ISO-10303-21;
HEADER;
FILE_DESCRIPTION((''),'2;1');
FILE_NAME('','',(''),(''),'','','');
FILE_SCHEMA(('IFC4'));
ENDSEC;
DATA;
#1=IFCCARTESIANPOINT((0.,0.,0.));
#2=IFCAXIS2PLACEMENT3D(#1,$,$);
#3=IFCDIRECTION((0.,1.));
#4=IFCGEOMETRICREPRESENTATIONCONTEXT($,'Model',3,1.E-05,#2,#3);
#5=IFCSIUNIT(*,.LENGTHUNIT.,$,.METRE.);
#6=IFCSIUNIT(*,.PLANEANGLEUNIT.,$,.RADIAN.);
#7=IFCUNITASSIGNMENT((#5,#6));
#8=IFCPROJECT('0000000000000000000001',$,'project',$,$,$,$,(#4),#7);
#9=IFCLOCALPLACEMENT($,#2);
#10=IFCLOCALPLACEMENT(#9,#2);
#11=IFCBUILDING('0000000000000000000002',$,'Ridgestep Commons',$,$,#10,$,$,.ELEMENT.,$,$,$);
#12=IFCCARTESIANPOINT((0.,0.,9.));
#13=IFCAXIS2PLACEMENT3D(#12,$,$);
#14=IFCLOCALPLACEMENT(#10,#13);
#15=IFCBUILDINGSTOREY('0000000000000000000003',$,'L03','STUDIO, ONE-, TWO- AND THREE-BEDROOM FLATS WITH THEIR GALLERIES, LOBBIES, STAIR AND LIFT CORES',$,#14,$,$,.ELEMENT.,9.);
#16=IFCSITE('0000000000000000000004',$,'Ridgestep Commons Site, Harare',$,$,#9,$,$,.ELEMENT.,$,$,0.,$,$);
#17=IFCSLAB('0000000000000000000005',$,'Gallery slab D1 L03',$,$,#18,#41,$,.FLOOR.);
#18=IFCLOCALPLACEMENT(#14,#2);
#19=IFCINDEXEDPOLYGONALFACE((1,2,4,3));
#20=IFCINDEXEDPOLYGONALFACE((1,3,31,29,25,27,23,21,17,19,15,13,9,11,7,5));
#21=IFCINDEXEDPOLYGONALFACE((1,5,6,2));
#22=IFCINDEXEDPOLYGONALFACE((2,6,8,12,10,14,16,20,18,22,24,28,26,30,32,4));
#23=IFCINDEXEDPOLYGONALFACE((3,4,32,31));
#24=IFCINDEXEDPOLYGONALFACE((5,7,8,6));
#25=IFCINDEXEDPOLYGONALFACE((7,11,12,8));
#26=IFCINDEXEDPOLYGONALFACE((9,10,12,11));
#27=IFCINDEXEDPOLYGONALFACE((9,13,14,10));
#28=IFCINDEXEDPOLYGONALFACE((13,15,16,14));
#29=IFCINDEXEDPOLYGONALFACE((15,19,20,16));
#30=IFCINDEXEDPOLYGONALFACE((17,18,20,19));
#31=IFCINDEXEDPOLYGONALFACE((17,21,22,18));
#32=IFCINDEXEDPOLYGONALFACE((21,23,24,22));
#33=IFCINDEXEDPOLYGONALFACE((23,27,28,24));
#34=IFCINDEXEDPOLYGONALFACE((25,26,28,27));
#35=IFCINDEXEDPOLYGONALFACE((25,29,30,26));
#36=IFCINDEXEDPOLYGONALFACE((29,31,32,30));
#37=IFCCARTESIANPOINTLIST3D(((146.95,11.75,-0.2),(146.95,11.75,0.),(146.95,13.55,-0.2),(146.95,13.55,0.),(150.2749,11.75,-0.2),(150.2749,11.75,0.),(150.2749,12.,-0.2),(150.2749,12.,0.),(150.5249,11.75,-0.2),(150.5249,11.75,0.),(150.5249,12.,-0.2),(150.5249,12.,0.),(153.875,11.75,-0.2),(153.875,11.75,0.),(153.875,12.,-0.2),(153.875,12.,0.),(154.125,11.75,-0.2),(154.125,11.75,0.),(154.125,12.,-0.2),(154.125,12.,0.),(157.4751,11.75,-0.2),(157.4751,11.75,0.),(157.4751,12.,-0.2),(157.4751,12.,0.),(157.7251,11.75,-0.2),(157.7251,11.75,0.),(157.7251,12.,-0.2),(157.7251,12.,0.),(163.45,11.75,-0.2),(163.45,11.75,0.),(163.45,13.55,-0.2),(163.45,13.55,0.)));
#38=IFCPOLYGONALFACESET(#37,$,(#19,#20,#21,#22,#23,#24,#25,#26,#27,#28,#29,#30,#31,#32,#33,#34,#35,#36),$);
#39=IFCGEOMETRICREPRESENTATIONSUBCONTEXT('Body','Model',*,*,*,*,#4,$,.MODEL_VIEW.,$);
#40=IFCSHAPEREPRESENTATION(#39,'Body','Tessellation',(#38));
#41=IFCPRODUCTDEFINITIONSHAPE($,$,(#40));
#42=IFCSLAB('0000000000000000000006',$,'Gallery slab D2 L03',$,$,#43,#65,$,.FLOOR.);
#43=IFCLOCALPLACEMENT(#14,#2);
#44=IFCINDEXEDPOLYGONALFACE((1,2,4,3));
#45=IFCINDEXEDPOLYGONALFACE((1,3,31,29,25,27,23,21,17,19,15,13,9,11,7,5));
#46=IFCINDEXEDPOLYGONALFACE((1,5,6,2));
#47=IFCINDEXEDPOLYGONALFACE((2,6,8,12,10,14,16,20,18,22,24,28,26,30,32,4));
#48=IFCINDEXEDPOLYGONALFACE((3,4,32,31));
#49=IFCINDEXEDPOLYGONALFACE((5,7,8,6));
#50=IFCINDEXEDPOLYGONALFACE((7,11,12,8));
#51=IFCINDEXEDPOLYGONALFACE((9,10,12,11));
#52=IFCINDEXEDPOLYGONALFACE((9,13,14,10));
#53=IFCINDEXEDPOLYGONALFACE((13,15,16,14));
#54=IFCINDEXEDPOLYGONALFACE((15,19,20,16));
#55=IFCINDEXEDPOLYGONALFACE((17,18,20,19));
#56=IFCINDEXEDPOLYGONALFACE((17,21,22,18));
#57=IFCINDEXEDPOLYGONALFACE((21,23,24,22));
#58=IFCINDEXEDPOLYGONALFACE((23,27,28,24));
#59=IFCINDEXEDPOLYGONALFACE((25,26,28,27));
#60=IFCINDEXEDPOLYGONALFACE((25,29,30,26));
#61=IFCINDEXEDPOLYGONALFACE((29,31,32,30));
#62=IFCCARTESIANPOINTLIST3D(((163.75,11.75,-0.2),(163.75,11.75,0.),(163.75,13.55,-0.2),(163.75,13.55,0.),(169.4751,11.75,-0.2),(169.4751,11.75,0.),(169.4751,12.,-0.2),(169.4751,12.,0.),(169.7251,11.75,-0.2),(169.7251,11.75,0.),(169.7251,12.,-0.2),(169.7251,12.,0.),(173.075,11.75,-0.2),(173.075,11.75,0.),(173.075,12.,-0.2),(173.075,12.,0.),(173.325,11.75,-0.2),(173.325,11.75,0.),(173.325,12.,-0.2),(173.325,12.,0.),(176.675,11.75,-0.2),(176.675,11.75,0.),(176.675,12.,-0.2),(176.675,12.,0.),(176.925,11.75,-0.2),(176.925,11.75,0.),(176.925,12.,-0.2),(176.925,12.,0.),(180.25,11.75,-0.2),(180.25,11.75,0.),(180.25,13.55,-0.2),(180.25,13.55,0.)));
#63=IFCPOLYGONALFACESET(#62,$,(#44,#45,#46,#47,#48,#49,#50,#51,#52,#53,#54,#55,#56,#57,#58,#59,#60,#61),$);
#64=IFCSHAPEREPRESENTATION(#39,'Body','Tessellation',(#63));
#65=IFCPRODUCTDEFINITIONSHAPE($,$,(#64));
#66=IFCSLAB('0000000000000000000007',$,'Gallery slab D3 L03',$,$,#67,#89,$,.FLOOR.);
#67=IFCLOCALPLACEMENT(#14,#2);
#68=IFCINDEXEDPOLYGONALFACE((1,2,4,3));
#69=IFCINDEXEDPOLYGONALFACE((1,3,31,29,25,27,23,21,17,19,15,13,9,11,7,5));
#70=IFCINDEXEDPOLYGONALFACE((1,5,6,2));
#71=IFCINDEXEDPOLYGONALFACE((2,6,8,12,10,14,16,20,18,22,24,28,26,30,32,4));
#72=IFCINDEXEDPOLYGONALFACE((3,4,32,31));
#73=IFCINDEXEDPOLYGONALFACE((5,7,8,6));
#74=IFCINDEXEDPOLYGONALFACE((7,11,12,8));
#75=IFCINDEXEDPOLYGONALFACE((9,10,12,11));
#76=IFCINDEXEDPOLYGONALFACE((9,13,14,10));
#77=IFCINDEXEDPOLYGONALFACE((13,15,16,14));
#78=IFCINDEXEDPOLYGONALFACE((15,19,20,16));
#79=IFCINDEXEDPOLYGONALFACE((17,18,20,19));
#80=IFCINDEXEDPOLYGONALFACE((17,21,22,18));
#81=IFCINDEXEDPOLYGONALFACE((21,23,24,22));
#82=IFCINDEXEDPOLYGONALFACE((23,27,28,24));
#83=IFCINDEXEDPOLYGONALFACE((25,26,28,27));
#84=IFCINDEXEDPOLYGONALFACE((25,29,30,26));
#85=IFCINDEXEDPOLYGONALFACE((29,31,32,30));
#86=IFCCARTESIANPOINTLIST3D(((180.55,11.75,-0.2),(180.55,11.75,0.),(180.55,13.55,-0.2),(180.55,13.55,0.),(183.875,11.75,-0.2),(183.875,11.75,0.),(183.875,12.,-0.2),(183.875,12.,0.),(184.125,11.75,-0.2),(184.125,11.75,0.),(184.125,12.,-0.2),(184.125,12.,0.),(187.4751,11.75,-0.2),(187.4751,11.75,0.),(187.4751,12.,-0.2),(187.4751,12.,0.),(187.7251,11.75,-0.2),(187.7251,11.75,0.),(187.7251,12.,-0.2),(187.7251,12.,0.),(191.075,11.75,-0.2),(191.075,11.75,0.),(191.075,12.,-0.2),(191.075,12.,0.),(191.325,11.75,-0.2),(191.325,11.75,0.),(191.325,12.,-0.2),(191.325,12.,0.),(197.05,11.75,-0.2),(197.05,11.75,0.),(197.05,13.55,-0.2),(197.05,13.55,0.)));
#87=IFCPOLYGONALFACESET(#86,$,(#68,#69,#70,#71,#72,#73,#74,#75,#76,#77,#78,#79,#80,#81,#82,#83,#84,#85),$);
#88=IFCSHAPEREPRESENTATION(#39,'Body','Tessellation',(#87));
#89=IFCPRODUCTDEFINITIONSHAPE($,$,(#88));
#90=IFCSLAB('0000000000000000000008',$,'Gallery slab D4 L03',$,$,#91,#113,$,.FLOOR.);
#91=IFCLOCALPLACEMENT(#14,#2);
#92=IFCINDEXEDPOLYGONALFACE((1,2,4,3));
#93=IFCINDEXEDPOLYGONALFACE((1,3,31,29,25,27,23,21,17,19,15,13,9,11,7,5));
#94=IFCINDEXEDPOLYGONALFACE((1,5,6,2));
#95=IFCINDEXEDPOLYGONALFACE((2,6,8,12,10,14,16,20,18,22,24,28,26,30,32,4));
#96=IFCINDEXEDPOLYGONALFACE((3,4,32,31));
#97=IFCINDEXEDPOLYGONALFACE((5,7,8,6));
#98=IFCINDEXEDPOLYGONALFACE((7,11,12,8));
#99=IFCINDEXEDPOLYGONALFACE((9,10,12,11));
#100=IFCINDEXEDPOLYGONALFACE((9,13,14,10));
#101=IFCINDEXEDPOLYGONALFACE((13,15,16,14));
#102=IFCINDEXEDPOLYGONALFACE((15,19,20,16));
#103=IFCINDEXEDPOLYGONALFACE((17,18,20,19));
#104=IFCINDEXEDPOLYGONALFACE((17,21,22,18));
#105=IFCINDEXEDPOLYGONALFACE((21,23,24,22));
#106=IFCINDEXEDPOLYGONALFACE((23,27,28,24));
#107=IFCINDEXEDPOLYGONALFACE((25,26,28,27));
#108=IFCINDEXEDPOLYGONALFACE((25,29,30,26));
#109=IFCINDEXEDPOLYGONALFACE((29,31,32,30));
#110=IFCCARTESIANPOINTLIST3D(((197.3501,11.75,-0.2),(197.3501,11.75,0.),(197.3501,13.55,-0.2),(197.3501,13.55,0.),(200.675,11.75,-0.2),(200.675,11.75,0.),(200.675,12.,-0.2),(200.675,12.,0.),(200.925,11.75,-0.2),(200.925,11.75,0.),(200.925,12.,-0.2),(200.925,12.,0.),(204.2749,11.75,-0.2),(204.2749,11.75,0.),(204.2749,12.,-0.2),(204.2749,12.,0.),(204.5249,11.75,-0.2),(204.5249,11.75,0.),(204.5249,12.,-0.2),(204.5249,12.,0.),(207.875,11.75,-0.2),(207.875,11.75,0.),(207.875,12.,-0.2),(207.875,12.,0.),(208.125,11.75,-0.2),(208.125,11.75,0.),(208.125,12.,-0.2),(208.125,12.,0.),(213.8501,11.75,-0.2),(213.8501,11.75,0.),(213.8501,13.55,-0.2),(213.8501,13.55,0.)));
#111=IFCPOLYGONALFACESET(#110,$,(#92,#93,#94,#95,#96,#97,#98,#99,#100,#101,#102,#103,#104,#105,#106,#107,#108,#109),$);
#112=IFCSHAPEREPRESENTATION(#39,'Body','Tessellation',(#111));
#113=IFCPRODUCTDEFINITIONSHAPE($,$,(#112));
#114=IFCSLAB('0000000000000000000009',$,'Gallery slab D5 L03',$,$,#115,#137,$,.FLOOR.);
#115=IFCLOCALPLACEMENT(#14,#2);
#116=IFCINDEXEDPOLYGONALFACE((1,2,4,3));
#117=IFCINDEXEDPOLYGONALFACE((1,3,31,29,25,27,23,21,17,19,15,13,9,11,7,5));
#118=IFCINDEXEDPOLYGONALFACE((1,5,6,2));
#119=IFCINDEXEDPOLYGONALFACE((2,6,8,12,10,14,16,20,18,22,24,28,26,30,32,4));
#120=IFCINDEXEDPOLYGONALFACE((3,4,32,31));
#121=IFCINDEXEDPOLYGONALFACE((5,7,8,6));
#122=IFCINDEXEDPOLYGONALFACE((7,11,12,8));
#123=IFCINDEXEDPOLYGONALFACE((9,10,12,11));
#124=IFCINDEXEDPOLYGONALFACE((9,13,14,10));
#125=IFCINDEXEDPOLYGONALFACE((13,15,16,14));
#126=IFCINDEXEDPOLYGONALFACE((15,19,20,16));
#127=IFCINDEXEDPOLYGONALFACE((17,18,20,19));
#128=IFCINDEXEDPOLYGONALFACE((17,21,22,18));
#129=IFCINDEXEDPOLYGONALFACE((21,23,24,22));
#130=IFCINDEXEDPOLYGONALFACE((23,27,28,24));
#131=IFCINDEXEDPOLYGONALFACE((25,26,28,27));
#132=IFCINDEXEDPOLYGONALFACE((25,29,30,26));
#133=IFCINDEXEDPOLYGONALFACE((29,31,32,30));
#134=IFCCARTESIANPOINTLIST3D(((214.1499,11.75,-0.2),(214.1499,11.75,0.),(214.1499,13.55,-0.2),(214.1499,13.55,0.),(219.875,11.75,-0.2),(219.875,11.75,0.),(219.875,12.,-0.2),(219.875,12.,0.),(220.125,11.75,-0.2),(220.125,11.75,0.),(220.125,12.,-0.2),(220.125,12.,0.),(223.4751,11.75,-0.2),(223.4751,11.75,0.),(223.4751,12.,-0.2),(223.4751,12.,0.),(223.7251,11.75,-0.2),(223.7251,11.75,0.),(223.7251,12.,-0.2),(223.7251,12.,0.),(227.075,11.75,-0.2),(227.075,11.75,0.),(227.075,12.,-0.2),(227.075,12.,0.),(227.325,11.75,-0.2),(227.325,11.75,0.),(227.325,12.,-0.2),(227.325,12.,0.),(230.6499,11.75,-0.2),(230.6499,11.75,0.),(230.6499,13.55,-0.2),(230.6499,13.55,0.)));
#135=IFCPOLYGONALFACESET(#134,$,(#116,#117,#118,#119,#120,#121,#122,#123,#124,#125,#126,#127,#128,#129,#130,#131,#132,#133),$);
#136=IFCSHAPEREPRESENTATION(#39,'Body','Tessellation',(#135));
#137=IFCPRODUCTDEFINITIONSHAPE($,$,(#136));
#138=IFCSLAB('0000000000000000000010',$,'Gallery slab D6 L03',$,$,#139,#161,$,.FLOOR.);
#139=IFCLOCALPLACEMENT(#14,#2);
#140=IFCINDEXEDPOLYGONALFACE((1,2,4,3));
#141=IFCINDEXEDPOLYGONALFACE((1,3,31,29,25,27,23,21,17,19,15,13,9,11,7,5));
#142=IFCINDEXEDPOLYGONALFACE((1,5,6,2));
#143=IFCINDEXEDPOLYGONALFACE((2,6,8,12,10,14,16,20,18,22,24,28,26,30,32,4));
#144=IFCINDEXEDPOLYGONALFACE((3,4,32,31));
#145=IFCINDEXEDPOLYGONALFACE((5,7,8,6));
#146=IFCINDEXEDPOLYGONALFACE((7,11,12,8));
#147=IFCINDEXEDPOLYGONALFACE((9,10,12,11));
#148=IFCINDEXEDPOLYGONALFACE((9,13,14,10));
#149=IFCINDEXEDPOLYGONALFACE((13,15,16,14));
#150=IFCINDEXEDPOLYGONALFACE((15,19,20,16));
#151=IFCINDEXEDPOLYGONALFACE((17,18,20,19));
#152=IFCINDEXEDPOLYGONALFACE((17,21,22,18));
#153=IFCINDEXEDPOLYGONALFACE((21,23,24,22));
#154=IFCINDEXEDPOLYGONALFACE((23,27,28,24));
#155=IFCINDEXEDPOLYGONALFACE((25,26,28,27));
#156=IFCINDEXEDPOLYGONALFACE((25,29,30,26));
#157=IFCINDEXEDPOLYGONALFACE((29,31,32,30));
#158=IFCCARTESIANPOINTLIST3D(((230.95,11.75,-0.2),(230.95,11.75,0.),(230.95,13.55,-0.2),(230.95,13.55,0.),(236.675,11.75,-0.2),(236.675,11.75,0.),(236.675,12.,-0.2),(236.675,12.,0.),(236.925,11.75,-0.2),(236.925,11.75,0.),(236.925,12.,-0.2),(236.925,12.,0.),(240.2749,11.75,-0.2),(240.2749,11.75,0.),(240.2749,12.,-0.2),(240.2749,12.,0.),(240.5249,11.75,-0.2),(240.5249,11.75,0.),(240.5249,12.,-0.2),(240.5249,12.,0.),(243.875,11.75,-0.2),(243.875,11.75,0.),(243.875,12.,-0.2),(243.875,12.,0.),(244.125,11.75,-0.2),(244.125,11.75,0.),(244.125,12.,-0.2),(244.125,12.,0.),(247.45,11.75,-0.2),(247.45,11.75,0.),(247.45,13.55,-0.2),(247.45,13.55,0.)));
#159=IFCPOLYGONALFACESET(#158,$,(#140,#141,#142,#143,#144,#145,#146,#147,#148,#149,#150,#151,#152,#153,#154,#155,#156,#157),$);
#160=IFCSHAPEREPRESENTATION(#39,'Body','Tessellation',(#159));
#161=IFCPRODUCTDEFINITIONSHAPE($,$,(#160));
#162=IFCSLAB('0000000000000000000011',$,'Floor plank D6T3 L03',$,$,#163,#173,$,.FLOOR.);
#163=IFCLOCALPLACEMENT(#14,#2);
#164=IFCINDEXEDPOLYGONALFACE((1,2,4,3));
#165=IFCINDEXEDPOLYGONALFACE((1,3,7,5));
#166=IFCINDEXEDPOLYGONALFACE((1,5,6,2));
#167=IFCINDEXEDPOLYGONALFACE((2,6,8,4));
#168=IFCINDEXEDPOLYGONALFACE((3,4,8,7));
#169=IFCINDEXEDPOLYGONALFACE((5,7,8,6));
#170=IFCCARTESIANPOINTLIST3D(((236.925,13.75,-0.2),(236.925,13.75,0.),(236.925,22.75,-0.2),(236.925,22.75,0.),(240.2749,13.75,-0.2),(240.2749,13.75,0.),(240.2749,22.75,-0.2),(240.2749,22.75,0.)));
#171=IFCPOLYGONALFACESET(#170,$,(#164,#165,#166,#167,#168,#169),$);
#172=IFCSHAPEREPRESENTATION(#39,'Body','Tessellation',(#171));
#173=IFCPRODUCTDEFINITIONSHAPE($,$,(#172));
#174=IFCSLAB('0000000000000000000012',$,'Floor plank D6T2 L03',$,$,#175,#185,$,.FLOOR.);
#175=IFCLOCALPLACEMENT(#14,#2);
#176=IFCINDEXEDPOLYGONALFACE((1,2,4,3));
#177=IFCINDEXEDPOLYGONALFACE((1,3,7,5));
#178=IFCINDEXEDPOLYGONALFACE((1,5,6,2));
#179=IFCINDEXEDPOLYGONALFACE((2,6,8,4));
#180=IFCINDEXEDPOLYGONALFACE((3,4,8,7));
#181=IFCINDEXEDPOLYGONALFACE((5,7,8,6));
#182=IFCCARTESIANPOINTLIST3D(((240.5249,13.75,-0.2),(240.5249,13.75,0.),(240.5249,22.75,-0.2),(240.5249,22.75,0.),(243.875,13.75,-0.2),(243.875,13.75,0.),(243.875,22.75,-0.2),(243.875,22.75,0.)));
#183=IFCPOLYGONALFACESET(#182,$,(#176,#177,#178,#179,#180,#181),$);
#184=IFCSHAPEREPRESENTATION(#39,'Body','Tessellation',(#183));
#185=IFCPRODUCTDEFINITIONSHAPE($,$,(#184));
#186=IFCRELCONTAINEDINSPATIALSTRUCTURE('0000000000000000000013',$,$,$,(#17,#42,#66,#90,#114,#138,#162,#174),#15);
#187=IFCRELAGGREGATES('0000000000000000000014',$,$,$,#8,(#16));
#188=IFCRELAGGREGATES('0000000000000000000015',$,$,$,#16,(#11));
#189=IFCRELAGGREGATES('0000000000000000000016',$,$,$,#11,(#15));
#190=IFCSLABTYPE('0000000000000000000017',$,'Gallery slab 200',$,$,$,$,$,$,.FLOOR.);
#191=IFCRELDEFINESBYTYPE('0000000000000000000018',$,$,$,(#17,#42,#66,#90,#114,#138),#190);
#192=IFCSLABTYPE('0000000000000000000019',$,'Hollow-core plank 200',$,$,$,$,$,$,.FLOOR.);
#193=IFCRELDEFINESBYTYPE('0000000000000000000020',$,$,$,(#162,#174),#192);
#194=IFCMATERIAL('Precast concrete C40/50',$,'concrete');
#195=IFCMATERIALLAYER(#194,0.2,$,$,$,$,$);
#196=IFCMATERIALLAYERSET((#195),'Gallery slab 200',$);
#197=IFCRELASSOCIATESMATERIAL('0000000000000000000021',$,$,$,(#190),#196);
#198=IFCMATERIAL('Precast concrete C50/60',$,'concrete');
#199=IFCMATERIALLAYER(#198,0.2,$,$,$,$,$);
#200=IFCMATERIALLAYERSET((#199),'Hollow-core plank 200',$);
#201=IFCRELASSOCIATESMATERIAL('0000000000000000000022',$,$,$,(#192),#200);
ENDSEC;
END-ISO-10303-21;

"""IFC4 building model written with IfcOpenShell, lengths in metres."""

from ifc_helpers import new_model, si_unit, direction, frame, origin, place, context, subcontext, project, spatial, polyline, outline, extrude, material, layer, layer_set, type_object, element, save


model = new_model("IFC4")

# Units and contexts
model_context = context("Model", 3, precision=1e-05, world=origin(), true_north=direction((0.0, 1.0)))
body_context = subcontext(model_context, "Body", "Model", "MODEL_VIEW")
ifc_project = project(units=[si_unit("LENGTHUNIT", "METRE"), si_unit("PLANEANGLEUNIT", "RADIAN")], contexts=[model_context])

# Site, building, storey
site_placement = place(None, origin())
site = spatial("IfcSite", under=ifc_project, at=site_placement, Name="Ridgestep Commons Site, Harare", CompositionType="ELEMENT", RefElevation=0.0)
building_placement = place(site_placement, origin())
building = spatial("IfcBuilding", under=site, at=building_placement, Name="Ridgestep Commons", CompositionType="ELEMENT")
storey_placement = place(building_placement, frame((0.0, 0.0, 9.0)))
storey = spatial("IfcBuildingStorey", under=building, at=storey_placement, Name="L03", Description="STUDIO, ONE-, TWO- AND THREE-BEDROOM FLATS WITH THEIR GALLERIES, LOBBIES, STAIR AND LIFT CORES", CompositionType="ELEMENT", Elevation=9.0)

# Slabs
ifc_material_1 = material(Name="Precast concrete C40/50", Category="concrete")
ifc_layer_1 = layer(ifc_material_1, 0.2)
ifc_layer_set_1 = layer_set([ifc_layer_1], Name="Gallery slab 200")
slab_type_1 = type_object("IfcSlabType", Name="Gallery slab 200", PredefinedType="FLOOR", material=ifc_layer_set_1)
slab_1_placement = place(storey_placement, frame((0.0, 0.0, -0.2)))
element("IfcSlab", 1, at=slab_1_placement, inside=storey, type_object=slab_type_1, Name="Gallery slab D1 L03", PredefinedType="FLOOR", context=body_context, shape_type="SweptSolid", body=[
    extrude(outline(polyline([(163.45, 13.55), (146.95, 13.55), (146.95, 11.75), (150.2749, 11.75), (150.2749, 12.0), (150.5249, 12.0), (150.5249, 11.75), (153.875, 11.75), (153.875, 12.0), (154.125, 12.0), (154.125, 11.75), (157.4751, 11.75), (157.4751, 12.0), (157.7251, 12.0), (157.7251, 11.75), (163.45, 11.75), (163.45, 13.55)])), origin(), (0.0, 0.0, 1.0), 0.2),
])
slab_2_placement = place(storey_placement, frame((0.0, 0.0, -0.2)))
element("IfcSlab", 2, at=slab_2_placement, inside=storey, type_object=slab_type_1, Name="Gallery slab D2 L03", PredefinedType="FLOOR", context=body_context, shape_type="SweptSolid", body=[
    extrude(outline(polyline([(180.25, 13.55), (163.75, 13.55), (163.75, 11.75), (169.4751, 11.75), (169.4751, 12.0), (169.7251, 12.0), (169.7251, 11.75), (173.075, 11.75), (173.075, 12.0), (173.325, 12.0), (173.325, 11.75), (176.675, 11.75), (176.675, 12.0), (176.925, 12.0), (176.925, 11.75), (180.25, 11.75), (180.25, 13.55)])), origin(), (0.0, 0.0, 1.0), 0.2),
])
slab_3_placement = place(storey_placement, frame((0.0, 0.0, -0.2)))
element("IfcSlab", 3, at=slab_3_placement, inside=storey, type_object=slab_type_1, Name="Gallery slab D3 L03", PredefinedType="FLOOR", context=body_context, shape_type="SweptSolid", body=[
    extrude(outline(polyline([(197.05, 13.55), (180.55, 13.55), (180.55, 11.75), (183.875, 11.75), (183.875, 12.0), (184.125, 12.0), (184.125, 11.75), (187.4751, 11.75), (187.4751, 12.0), (187.7251, 12.0), (187.7251, 11.75), (191.075, 11.75), (191.075, 12.0), (191.325, 12.0), (191.325, 11.75), (197.05, 11.75), (197.05, 13.55)])), origin(), (0.0, 0.0, 1.0), 0.2),
])
slab_4_placement = place(storey_placement, frame((0.0, 0.0, -0.2)))
element("IfcSlab", 4, at=slab_4_placement, inside=storey, type_object=slab_type_1, Name="Gallery slab D4 L03", PredefinedType="FLOOR", context=body_context, shape_type="SweptSolid", body=[
    extrude(outline(polyline([(213.8501, 13.55), (197.3501, 13.55), (197.3501, 11.75), (200.675, 11.75), (200.675, 12.0), (200.925, 12.0), (200.925, 11.75), (204.2749, 11.75), (204.2749, 12.0), (204.5249, 12.0), (204.5249, 11.75), (207.875, 11.75), (207.875, 12.0), (208.125, 12.0), (208.125, 11.75), (213.8501, 11.75), (213.8501, 13.55)])), origin(), (0.0, 0.0, 1.0), 0.2),
])
slab_5_placement = place(storey_placement, frame((0.0, 0.0, -0.2)))
element("IfcSlab", 5, at=slab_5_placement, inside=storey, type_object=slab_type_1, Name="Gallery slab D5 L03", PredefinedType="FLOOR", context=body_context, shape_type="SweptSolid", body=[
    extrude(outline(polyline([(230.6499, 13.55), (214.1499, 13.55), (214.1499, 11.75), (219.875, 11.75), (219.875, 12.0), (220.125, 12.0), (220.125, 11.75), (223.4751, 11.75), (223.4751, 12.0), (223.7251, 12.0), (223.7251, 11.75), (227.075, 11.75), (227.075, 12.0), (227.325, 12.0), (227.325, 11.75), (230.6499, 11.75), (230.6499, 13.55)])), origin(), (0.0, 0.0, 1.0), 0.2),
])
slab_6_placement = place(storey_placement, frame((0.0, 0.0, -0.2)))
element("IfcSlab", 6, at=slab_6_placement, inside=storey, type_object=slab_type_1, Name="Gallery slab D6 L03", PredefinedType="FLOOR", context=body_context, shape_type="SweptSolid", body=[
    extrude(outline(polyline([(247.45, 13.55), (230.95, 13.55), (230.95, 11.75), (236.675, 11.75), (236.675, 12.0), (236.925, 12.0), (236.925, 11.75), (240.2749, 11.75), (240.2749, 12.0), (240.5249, 12.0), (240.5249, 11.75), (243.875, 11.75), (243.875, 12.0), (244.125, 12.0), (244.125, 11.75), (247.45, 11.75), (247.45, 13.55)])), origin(), (0.0, 0.0, 1.0), 0.2),
])
ifc_material_2 = material(Name="Precast concrete C50/60", Category="concrete")
ifc_layer_2 = layer(ifc_material_2, 0.2)
ifc_layer_set_2 = layer_set([ifc_layer_2], Name="Hollow-core plank 200")
slab_type_2 = type_object("IfcSlabType", Name="Hollow-core plank 200", PredefinedType="FLOOR", material=ifc_layer_set_2)
slab_7_placement = place(storey_placement, frame((0.0, 0.0, -0.2)))
element("IfcSlab", 7, at=slab_7_placement, inside=storey, type_object=slab_type_2, Name="Floor plank D6T3 L03", PredefinedType="FLOOR", context=body_context, shape_type="SweptSolid", body=[
    extrude(outline(polyline([(240.2749, 13.75), (240.2749, 22.75), (236.925, 22.75), (236.925, 13.75), (240.2749, 13.75)])), origin(), (0.0, 0.0, 1.0), 0.2),
])
slab_8_placement = place(storey_placement, frame((0.0, 0.0, -0.2)))
element("IfcSlab", 8, at=slab_8_placement, inside=storey, type_object=slab_type_2, Name="Floor plank D6T2 L03", PredefinedType="FLOOR", context=body_context, shape_type="SweptSolid", body=[
    extrude(outline(polyline([(243.875, 13.75), (243.875, 22.75), (240.5249, 22.75), (240.5249, 13.75), (243.875, 13.75)])), origin(), (0.0, 0.0, 1.0), 0.2),
])

save(model, "model.ifc")
